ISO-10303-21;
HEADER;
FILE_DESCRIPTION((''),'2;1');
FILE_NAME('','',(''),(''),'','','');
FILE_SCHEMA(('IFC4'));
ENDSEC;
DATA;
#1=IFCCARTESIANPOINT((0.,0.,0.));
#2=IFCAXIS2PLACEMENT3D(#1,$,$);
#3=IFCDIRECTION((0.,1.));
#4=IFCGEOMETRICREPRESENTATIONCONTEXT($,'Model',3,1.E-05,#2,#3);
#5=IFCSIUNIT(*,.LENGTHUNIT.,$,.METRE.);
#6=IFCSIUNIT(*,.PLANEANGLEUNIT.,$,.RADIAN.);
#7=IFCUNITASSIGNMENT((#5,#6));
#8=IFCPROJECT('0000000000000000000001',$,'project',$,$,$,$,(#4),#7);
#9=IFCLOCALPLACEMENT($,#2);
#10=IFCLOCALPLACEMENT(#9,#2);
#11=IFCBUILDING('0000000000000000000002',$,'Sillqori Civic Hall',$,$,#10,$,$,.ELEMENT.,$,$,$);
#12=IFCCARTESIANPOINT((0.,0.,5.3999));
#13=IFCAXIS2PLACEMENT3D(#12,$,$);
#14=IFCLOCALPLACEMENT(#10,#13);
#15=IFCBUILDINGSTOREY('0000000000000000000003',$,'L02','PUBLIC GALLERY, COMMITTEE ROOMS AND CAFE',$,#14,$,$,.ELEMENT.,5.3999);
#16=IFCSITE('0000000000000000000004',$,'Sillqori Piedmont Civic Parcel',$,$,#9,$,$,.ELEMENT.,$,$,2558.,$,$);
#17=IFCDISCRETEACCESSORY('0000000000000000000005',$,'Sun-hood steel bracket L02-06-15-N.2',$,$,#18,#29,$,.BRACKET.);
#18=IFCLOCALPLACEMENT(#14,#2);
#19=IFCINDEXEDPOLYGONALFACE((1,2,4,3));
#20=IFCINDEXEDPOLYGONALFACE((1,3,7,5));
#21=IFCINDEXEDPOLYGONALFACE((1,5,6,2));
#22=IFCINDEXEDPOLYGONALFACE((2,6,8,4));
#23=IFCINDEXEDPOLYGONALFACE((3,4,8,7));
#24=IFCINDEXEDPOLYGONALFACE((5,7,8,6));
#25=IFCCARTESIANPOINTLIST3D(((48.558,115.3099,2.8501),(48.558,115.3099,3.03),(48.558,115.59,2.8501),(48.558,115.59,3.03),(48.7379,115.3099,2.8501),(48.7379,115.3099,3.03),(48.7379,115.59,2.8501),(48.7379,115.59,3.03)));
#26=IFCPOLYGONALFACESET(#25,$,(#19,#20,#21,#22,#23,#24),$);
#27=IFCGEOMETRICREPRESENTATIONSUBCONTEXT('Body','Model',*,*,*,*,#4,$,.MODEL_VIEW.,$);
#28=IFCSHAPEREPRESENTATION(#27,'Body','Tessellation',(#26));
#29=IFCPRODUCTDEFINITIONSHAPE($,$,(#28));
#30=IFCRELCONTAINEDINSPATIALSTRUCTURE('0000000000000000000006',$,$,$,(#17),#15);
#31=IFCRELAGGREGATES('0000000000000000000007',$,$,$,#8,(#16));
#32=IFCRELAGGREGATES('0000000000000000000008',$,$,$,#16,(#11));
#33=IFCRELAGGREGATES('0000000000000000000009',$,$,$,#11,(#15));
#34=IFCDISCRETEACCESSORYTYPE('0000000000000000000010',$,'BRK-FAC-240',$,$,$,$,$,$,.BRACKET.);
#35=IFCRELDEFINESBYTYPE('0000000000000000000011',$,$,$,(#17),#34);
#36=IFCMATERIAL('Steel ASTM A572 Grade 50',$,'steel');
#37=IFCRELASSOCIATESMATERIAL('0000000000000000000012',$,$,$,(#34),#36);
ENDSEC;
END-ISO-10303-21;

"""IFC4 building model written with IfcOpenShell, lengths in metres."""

from ifc_helpers import new_model, si_unit, direction, frame, origin, origin_2d, place, context, subcontext, project, spatial, rectangle, extrude, material, type_object, element, save


model = new_model("IFC4")

# Units and contexts
model_context = context("Model", 3, precision=1e-05, world=origin(), true_north=direction((0.0, 1.0)))
body_context = subcontext(model_context, "Body", "Model", "MODEL_VIEW")
ifc_project = project(units=[si_unit("LENGTHUNIT", "METRE"), si_unit("PLANEANGLEUNIT", "RADIAN")], contexts=[model_context])

# Site, building, storey
site_placement = place(None, origin())
site = spatial("IfcSite", under=ifc_project, at=site_placement, Name="Sillqori Piedmont Civic Parcel", CompositionType="ELEMENT", RefElevation=2558.0)
building_placement = place(site_placement, origin())
building = spatial("IfcBuilding", under=site, at=building_placement, Name="Sillqori Civic Hall", CompositionType="ELEMENT")
storey_placement = place(building_placement, frame((0.0, 0.0, 5.3999)))
storey = spatial("IfcBuildingStorey", under=building, at=storey_placement, Name="L02", Description="PUBLIC GALLERY, COMMITTEE ROOMS AND CAFE", CompositionType="ELEMENT", Elevation=5.3999)

# Discrete accessory
ifc_material_1 = material(Name="Steel ASTM A572 Grade 50", Category="steel")
discrete_accessory_type = type_object("IfcDiscreteAccessoryType", Name="BRK-FAC-240", PredefinedType="BRACKET", material=ifc_material_1)
for number, where, z_axis, x_axis, name in (
    (1, (48.6479, 115.45, 2.8501), (0.0, 0.0, 1.0), (1.0, 0.0, 0.0), "Sun-hood steel bracket L02-06-15-N.2"),
):
    element("IfcDiscreteAccessory", number, at=place(storey_placement, frame(where, z_axis=z_axis, x_axis=x_axis)), inside=storey, type_object=discrete_accessory_type, Name=name, PredefinedType="BRACKET", context=body_context, shape_type="SweptSolid", body=[
        extrude(rectangle(XDim=0.1799, YDim=0.28, at=origin_2d()), origin(), (0.0, 0.0, 1.0), 0.1799),
    ])

save(model, "model.ifc")
